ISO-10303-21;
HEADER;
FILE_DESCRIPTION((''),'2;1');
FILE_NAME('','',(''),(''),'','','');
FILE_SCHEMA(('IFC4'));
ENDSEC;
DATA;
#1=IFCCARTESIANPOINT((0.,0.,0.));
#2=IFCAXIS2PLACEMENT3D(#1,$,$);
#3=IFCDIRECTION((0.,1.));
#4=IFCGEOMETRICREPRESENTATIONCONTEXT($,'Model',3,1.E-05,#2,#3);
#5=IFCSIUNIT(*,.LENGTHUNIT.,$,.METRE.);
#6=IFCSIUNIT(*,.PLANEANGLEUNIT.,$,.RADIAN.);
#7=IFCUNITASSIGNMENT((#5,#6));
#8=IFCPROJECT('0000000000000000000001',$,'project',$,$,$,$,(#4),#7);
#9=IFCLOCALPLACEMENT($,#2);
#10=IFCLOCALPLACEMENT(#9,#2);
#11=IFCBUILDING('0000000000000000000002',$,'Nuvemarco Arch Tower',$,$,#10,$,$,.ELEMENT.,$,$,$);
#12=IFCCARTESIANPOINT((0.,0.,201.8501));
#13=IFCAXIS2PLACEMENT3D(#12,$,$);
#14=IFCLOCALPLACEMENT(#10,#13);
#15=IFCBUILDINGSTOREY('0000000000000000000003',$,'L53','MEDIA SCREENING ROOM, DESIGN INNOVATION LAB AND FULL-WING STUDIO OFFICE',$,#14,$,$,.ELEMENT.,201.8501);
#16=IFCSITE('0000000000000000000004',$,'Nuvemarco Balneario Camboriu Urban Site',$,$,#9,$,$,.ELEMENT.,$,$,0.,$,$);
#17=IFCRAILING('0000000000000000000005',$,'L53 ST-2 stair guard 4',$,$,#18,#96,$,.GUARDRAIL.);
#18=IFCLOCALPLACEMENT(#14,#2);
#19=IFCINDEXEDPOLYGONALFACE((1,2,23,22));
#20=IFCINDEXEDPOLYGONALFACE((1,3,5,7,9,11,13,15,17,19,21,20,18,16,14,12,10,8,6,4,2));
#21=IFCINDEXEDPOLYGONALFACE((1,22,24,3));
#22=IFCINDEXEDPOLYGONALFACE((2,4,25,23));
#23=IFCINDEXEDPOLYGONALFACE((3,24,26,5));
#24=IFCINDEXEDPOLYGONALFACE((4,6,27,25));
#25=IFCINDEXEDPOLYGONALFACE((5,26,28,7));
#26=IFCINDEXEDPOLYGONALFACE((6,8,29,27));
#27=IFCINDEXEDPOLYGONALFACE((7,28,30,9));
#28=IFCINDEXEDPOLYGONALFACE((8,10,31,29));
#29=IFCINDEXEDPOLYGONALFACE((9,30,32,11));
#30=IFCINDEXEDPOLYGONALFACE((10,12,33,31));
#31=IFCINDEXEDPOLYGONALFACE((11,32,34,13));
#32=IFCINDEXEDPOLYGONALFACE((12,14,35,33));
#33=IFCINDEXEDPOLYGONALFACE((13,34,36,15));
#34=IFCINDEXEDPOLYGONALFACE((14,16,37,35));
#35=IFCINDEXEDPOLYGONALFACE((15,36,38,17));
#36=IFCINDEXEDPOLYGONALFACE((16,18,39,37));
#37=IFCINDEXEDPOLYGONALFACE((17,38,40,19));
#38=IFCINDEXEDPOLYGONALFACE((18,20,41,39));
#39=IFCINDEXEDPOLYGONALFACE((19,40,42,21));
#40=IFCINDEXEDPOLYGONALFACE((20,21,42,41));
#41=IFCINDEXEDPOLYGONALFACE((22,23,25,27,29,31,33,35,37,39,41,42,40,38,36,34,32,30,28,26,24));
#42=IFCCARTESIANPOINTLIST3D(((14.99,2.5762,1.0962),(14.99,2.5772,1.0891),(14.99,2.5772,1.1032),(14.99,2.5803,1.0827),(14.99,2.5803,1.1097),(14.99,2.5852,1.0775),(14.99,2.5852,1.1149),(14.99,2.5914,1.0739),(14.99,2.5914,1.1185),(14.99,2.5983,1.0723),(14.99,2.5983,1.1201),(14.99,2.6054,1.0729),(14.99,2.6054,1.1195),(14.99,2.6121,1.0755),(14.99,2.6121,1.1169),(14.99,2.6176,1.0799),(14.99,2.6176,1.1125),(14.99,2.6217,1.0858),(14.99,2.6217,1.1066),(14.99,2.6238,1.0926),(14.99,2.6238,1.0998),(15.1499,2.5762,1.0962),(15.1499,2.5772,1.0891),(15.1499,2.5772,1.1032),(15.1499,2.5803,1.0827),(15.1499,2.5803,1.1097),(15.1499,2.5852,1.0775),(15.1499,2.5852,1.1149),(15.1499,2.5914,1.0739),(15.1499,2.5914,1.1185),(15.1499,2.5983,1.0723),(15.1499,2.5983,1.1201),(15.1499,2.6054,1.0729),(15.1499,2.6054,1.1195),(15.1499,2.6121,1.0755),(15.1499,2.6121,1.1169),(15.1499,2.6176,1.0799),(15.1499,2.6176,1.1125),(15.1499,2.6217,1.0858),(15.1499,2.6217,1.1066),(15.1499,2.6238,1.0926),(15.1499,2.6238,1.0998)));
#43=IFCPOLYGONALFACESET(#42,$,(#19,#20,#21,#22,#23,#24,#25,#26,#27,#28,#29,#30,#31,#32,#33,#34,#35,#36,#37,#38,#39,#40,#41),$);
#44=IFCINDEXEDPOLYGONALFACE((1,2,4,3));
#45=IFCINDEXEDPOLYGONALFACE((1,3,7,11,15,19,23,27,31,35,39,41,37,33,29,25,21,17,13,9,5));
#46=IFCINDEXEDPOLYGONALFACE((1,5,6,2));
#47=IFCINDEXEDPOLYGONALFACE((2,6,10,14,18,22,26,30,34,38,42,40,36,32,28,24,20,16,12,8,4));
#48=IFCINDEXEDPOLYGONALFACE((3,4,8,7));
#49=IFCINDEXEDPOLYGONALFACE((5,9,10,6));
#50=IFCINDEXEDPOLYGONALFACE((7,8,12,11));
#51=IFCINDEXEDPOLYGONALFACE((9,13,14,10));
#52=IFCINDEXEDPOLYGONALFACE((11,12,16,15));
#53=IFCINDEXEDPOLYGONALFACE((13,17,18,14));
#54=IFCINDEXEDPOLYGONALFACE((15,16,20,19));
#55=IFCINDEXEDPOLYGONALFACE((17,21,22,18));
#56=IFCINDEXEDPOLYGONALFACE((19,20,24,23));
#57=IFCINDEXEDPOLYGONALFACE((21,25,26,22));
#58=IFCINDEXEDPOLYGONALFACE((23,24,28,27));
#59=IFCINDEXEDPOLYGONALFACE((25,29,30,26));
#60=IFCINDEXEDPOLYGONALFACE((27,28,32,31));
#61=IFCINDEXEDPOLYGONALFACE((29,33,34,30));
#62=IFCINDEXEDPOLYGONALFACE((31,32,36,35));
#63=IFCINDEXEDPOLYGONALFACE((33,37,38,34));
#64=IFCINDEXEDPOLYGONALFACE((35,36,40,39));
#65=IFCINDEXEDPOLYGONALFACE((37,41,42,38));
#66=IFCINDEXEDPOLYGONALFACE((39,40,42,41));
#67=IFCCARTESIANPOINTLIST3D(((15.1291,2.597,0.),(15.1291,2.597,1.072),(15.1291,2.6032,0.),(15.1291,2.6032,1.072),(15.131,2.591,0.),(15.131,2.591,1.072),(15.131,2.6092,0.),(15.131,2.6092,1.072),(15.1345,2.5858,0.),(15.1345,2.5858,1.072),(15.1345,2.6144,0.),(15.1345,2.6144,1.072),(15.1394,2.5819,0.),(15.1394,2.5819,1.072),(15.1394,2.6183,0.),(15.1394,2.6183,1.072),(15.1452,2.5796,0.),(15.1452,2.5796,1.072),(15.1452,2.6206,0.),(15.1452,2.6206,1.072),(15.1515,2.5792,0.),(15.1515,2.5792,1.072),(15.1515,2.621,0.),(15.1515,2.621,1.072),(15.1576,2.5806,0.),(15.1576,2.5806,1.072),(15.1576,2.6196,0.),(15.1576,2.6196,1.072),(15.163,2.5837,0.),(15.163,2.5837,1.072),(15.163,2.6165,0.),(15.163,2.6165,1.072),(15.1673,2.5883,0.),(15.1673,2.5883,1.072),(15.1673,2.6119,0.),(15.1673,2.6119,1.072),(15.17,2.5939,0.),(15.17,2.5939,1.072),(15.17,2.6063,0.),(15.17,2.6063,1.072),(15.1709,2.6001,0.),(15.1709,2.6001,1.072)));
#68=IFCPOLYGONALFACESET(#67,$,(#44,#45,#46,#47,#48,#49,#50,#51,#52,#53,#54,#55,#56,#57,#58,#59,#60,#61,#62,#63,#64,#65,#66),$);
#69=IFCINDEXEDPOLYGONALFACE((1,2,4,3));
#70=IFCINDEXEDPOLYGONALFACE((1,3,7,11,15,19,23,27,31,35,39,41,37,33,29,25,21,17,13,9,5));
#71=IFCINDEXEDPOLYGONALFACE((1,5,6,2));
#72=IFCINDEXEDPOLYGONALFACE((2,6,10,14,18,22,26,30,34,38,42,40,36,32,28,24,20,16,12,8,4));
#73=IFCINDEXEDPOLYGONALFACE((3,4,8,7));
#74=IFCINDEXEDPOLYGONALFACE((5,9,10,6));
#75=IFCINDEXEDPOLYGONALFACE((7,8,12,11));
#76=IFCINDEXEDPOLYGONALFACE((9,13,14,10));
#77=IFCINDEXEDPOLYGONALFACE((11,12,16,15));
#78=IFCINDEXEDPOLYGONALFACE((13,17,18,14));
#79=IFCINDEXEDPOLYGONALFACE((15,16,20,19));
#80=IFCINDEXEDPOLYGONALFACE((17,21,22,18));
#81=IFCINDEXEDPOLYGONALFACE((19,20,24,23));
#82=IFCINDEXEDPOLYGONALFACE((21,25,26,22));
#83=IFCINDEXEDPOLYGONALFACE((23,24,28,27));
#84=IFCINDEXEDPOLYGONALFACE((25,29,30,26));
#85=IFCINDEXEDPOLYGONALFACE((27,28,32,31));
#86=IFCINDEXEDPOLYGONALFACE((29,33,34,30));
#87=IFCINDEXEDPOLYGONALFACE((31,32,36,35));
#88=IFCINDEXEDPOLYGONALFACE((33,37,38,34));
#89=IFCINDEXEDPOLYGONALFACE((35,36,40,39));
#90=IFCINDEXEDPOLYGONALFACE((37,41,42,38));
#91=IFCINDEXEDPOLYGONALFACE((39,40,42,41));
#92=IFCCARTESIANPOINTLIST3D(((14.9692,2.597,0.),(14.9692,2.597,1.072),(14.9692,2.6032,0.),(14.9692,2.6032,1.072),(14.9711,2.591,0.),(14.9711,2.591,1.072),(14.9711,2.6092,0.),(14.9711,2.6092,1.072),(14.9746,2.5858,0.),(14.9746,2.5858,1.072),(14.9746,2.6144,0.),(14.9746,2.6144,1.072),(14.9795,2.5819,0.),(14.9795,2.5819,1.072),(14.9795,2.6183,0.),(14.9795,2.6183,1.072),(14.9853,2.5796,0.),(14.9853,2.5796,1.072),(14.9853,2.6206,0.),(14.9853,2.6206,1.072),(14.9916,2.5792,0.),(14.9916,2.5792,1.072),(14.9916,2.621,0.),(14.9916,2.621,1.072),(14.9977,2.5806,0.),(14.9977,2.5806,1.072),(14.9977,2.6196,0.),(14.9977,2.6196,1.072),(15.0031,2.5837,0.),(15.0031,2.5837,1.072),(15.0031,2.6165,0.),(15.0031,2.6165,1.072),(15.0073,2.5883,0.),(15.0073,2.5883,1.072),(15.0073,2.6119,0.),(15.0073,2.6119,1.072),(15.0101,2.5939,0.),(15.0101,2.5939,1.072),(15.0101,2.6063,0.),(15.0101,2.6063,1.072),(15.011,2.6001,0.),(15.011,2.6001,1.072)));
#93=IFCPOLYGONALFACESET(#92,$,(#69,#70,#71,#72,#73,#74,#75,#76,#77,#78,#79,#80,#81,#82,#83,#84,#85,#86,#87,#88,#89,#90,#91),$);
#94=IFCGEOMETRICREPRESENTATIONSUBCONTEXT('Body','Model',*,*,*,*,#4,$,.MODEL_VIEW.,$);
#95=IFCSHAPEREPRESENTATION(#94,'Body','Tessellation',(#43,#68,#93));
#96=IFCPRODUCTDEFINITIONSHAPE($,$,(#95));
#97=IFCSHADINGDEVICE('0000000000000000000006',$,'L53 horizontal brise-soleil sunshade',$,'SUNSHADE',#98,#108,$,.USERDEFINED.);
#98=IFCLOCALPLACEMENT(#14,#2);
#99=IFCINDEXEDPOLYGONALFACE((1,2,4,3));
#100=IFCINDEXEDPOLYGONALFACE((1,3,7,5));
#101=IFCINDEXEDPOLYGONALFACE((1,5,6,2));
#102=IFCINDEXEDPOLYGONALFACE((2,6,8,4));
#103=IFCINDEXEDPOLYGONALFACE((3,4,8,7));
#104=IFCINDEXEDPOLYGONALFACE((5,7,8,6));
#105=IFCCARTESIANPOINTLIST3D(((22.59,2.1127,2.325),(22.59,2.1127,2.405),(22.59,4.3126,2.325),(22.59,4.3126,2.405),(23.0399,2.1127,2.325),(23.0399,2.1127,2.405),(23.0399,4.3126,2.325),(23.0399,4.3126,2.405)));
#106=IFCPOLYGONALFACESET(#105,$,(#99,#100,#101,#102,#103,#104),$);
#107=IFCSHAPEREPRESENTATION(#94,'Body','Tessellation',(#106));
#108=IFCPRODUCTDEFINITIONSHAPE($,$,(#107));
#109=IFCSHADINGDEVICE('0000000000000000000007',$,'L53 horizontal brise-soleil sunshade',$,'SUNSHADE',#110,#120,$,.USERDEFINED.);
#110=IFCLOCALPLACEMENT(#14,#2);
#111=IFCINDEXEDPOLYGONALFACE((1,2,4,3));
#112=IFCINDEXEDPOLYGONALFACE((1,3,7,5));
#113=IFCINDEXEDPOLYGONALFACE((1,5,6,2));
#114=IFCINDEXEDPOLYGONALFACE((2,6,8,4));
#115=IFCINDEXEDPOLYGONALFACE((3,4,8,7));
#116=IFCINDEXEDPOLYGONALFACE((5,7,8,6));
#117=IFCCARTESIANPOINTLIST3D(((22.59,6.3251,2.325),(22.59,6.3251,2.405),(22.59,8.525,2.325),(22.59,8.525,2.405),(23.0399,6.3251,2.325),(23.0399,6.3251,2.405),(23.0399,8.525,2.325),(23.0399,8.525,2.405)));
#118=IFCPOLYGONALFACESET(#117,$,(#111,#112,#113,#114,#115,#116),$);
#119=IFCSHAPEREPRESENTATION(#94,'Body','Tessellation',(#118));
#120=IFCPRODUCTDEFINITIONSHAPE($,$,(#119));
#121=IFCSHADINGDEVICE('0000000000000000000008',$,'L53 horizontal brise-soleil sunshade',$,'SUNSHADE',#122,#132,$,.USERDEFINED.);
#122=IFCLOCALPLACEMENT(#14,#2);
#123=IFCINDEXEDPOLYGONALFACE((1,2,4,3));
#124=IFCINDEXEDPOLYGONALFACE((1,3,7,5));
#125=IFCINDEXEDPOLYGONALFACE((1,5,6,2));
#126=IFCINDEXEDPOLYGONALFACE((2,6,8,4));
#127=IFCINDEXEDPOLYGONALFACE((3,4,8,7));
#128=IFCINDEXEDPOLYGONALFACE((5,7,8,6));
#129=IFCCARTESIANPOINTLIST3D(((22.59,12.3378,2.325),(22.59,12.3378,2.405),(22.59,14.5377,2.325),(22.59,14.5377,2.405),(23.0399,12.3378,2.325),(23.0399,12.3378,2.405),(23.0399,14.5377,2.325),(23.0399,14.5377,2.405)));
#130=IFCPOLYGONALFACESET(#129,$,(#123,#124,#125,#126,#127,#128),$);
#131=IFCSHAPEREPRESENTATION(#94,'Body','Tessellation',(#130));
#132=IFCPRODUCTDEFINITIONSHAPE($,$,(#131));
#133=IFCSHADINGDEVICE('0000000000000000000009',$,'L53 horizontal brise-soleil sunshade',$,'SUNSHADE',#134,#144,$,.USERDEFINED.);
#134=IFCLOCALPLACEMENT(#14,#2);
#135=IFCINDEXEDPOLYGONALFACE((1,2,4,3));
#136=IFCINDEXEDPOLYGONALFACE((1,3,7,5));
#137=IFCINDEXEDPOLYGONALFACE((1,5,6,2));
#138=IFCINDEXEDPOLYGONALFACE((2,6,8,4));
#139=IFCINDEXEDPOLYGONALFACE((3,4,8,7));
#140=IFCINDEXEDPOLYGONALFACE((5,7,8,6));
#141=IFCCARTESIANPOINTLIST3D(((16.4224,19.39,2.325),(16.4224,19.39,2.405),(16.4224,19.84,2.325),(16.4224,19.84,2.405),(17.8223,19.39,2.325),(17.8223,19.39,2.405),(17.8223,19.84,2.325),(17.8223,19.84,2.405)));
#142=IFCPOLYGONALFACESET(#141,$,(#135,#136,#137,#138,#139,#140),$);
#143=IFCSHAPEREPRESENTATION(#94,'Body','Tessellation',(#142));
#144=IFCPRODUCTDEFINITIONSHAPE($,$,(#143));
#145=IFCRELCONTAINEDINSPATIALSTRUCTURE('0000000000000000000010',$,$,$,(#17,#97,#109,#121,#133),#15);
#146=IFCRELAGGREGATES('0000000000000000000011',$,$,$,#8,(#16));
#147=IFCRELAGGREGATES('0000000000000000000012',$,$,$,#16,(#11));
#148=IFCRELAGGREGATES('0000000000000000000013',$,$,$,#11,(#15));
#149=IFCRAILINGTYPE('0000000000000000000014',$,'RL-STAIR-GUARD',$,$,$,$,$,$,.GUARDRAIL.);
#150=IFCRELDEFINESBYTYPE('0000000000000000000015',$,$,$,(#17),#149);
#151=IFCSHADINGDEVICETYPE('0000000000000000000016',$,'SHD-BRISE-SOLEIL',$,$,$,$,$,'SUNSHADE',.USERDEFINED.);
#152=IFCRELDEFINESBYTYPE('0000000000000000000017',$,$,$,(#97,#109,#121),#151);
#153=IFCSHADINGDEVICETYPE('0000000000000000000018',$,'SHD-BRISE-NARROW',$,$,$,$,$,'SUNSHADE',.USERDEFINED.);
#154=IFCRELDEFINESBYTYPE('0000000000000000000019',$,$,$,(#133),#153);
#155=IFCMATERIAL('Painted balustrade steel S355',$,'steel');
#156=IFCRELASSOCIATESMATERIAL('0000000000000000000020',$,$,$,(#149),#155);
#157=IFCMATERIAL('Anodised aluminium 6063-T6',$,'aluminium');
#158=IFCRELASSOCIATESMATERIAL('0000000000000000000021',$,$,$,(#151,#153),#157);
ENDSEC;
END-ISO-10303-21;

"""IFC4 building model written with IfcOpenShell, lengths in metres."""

from ifc_helpers import new_model, si_unit, direction, frame, origin, origin_2d, place, context, subcontext, project, spatial, rectangle, circle, extrude, source, transform, mapped, material, type_object, type_shapes, element, save


model = new_model("IFC4")

# Units and contexts
model_context = context("Model", 3, precision=1e-05, world=origin(), true_north=direction((0.0, 1.0)))
body_context = subcontext(model_context, "Body", "Model", "MODEL_VIEW")
ifc_project = project(units=[si_unit("LENGTHUNIT", "METRE"), si_unit("PLANEANGLEUNIT", "RADIAN")], contexts=[model_context])

# Site, building, storey
site_placement = place(None, origin())
site = spatial("IfcSite", under=ifc_project, at=site_placement, Name="Nuvemarco Balneario Camboriu Urban Site", CompositionType="ELEMENT", RefElevation=0.0)
building_placement = place(site_placement, origin())
building = spatial("IfcBuilding", under=site, at=building_placement, Name="Nuvemarco Arch Tower", CompositionType="ELEMENT")
storey_placement = place(building_placement, frame((0.0, 0.0, 201.8501)))
storey = spatial("IfcBuildingStorey", under=building, at=storey_placement, Name="L53", Description="MEDIA SCREENING ROOM, DESIGN INNOVATION LAB AND FULL-WING STUDIO OFFICE", CompositionType="ELEMENT", Elevation=201.8501)

# Railing
ifc_material_1 = material(Name="Painted balustrade steel S355", Category="steel")
railing_type_1 = type_object("IfcRailingType", Name="RL-STAIR-GUARD", PredefinedType="GUARDRAIL", material=ifc_material_1)
railing_1_placement = place(storey_placement, frame((15.1499, 2.6001, 0.0)))
element("IfcRailing", 1, at=railing_1_placement, inside=storey, type_object=railing_type_1, Name="L53 ST-2 stair guard 4", PredefinedType="GUARDRAIL", context=body_context, shape_type="SweptSolid", body=[
    extrude(circle(Radius=0.0239, at=origin_2d()), frame((0.0, 0.0, 1.0962), z_axis=(-1.0, 0.0, 0.0), x_axis=(0.0, -1.0, 0.0)), (0.0, 0.0, 1.0), 0.1599),
    extrude(circle(Radius=0.021, at=origin_2d()), origin(), (0.0, 0.0, 1.0), 1.072),
    extrude(circle(Radius=0.021, at=origin_2d()), frame((-0.1599, 0.0, 0.0)), (0.0, 0.0, 1.0), 1.072),
])

# Shading devices
ifc_material_2 = material(Name="Anodised aluminium 6063-T6", Category="aluminium")
shading_device_type_1 = type_object("IfcShadingDeviceType", Name="SHD-BRISE-SOLEIL", ElementType="SUNSHADE", PredefinedType="USERDEFINED", material=ifc_material_2)
shared_shape_1 = source(origin(), body_context, "Body", "SweptSolid", [
    extrude(rectangle(XDim=2.2, YDim=0.45, at=origin_2d()), origin(), (0.0, 0.0, 1.0), 0.0801),
])
type_shapes(shading_device_type_1, [shared_shape_1])
for number, where, z_axis, x_axis, name in (
    (2, (22.8149, 3.2126, 2.325), (0.0, 0.0, 1.0), (0.0, 1.0, 0.0), "L53 horizontal brise-soleil sunshade"),
    (3, (22.8149, 7.425, 2.325), (0.0, 0.0, 1.0), (0.0, 1.0, 0.0), "L53 horizontal brise-soleil sunshade"),
    (4, (22.8149, 13.4377, 2.325), (0.0, 0.0, 1.0), (0.0, 1.0, 0.0), "L53 horizontal brise-soleil sunshade"),
):
    element("IfcShadingDevice", number, at=place(storey_placement, frame(where, z_axis=z_axis, x_axis=x_axis)), inside=storey, type_object=shading_device_type_1, Name=name, ObjectType="SUNSHADE", PredefinedType="USERDEFINED", context=body_context, shape_type="MappedRepresentation", body=[
        mapped(shared_shape_1, transform((0.0, 0.0, 0.0), scale=1.0)),
    ])
shading_device_type_2 = type_object("IfcShadingDeviceType", Name="SHD-BRISE-NARROW", ElementType="SUNSHADE", PredefinedType="USERDEFINED", material=ifc_material_2)
shared_shape_2 = source(origin(), body_context, "Body", "SweptSolid", [
    extrude(rectangle(XDim=1.3999, YDim=0.45, at=origin_2d()), origin(), (0.0, 0.0, 1.0), 0.0801),
])
type_shapes(shading_device_type_2, [shared_shape_2])
shading_device_placement = place(storey_placement, frame((17.1223, 19.615, 2.325), z_axis=(0.0, 0.0, 1.0), x_axis=(1.0, 0.0, 0.0)))
element("IfcShadingDevice", 5, at=shading_device_placement, inside=storey, type_object=shading_device_type_2, Name="L53 horizontal brise-soleil sunshade", ObjectType="SUNSHADE", PredefinedType="USERDEFINED", context=body_context, shape_type="MappedRepresentation", body=[
    mapped(shared_shape_2, transform((0.0, 0.0, 0.0), scale=1.0)),
])

save(model, "model.ifc")
